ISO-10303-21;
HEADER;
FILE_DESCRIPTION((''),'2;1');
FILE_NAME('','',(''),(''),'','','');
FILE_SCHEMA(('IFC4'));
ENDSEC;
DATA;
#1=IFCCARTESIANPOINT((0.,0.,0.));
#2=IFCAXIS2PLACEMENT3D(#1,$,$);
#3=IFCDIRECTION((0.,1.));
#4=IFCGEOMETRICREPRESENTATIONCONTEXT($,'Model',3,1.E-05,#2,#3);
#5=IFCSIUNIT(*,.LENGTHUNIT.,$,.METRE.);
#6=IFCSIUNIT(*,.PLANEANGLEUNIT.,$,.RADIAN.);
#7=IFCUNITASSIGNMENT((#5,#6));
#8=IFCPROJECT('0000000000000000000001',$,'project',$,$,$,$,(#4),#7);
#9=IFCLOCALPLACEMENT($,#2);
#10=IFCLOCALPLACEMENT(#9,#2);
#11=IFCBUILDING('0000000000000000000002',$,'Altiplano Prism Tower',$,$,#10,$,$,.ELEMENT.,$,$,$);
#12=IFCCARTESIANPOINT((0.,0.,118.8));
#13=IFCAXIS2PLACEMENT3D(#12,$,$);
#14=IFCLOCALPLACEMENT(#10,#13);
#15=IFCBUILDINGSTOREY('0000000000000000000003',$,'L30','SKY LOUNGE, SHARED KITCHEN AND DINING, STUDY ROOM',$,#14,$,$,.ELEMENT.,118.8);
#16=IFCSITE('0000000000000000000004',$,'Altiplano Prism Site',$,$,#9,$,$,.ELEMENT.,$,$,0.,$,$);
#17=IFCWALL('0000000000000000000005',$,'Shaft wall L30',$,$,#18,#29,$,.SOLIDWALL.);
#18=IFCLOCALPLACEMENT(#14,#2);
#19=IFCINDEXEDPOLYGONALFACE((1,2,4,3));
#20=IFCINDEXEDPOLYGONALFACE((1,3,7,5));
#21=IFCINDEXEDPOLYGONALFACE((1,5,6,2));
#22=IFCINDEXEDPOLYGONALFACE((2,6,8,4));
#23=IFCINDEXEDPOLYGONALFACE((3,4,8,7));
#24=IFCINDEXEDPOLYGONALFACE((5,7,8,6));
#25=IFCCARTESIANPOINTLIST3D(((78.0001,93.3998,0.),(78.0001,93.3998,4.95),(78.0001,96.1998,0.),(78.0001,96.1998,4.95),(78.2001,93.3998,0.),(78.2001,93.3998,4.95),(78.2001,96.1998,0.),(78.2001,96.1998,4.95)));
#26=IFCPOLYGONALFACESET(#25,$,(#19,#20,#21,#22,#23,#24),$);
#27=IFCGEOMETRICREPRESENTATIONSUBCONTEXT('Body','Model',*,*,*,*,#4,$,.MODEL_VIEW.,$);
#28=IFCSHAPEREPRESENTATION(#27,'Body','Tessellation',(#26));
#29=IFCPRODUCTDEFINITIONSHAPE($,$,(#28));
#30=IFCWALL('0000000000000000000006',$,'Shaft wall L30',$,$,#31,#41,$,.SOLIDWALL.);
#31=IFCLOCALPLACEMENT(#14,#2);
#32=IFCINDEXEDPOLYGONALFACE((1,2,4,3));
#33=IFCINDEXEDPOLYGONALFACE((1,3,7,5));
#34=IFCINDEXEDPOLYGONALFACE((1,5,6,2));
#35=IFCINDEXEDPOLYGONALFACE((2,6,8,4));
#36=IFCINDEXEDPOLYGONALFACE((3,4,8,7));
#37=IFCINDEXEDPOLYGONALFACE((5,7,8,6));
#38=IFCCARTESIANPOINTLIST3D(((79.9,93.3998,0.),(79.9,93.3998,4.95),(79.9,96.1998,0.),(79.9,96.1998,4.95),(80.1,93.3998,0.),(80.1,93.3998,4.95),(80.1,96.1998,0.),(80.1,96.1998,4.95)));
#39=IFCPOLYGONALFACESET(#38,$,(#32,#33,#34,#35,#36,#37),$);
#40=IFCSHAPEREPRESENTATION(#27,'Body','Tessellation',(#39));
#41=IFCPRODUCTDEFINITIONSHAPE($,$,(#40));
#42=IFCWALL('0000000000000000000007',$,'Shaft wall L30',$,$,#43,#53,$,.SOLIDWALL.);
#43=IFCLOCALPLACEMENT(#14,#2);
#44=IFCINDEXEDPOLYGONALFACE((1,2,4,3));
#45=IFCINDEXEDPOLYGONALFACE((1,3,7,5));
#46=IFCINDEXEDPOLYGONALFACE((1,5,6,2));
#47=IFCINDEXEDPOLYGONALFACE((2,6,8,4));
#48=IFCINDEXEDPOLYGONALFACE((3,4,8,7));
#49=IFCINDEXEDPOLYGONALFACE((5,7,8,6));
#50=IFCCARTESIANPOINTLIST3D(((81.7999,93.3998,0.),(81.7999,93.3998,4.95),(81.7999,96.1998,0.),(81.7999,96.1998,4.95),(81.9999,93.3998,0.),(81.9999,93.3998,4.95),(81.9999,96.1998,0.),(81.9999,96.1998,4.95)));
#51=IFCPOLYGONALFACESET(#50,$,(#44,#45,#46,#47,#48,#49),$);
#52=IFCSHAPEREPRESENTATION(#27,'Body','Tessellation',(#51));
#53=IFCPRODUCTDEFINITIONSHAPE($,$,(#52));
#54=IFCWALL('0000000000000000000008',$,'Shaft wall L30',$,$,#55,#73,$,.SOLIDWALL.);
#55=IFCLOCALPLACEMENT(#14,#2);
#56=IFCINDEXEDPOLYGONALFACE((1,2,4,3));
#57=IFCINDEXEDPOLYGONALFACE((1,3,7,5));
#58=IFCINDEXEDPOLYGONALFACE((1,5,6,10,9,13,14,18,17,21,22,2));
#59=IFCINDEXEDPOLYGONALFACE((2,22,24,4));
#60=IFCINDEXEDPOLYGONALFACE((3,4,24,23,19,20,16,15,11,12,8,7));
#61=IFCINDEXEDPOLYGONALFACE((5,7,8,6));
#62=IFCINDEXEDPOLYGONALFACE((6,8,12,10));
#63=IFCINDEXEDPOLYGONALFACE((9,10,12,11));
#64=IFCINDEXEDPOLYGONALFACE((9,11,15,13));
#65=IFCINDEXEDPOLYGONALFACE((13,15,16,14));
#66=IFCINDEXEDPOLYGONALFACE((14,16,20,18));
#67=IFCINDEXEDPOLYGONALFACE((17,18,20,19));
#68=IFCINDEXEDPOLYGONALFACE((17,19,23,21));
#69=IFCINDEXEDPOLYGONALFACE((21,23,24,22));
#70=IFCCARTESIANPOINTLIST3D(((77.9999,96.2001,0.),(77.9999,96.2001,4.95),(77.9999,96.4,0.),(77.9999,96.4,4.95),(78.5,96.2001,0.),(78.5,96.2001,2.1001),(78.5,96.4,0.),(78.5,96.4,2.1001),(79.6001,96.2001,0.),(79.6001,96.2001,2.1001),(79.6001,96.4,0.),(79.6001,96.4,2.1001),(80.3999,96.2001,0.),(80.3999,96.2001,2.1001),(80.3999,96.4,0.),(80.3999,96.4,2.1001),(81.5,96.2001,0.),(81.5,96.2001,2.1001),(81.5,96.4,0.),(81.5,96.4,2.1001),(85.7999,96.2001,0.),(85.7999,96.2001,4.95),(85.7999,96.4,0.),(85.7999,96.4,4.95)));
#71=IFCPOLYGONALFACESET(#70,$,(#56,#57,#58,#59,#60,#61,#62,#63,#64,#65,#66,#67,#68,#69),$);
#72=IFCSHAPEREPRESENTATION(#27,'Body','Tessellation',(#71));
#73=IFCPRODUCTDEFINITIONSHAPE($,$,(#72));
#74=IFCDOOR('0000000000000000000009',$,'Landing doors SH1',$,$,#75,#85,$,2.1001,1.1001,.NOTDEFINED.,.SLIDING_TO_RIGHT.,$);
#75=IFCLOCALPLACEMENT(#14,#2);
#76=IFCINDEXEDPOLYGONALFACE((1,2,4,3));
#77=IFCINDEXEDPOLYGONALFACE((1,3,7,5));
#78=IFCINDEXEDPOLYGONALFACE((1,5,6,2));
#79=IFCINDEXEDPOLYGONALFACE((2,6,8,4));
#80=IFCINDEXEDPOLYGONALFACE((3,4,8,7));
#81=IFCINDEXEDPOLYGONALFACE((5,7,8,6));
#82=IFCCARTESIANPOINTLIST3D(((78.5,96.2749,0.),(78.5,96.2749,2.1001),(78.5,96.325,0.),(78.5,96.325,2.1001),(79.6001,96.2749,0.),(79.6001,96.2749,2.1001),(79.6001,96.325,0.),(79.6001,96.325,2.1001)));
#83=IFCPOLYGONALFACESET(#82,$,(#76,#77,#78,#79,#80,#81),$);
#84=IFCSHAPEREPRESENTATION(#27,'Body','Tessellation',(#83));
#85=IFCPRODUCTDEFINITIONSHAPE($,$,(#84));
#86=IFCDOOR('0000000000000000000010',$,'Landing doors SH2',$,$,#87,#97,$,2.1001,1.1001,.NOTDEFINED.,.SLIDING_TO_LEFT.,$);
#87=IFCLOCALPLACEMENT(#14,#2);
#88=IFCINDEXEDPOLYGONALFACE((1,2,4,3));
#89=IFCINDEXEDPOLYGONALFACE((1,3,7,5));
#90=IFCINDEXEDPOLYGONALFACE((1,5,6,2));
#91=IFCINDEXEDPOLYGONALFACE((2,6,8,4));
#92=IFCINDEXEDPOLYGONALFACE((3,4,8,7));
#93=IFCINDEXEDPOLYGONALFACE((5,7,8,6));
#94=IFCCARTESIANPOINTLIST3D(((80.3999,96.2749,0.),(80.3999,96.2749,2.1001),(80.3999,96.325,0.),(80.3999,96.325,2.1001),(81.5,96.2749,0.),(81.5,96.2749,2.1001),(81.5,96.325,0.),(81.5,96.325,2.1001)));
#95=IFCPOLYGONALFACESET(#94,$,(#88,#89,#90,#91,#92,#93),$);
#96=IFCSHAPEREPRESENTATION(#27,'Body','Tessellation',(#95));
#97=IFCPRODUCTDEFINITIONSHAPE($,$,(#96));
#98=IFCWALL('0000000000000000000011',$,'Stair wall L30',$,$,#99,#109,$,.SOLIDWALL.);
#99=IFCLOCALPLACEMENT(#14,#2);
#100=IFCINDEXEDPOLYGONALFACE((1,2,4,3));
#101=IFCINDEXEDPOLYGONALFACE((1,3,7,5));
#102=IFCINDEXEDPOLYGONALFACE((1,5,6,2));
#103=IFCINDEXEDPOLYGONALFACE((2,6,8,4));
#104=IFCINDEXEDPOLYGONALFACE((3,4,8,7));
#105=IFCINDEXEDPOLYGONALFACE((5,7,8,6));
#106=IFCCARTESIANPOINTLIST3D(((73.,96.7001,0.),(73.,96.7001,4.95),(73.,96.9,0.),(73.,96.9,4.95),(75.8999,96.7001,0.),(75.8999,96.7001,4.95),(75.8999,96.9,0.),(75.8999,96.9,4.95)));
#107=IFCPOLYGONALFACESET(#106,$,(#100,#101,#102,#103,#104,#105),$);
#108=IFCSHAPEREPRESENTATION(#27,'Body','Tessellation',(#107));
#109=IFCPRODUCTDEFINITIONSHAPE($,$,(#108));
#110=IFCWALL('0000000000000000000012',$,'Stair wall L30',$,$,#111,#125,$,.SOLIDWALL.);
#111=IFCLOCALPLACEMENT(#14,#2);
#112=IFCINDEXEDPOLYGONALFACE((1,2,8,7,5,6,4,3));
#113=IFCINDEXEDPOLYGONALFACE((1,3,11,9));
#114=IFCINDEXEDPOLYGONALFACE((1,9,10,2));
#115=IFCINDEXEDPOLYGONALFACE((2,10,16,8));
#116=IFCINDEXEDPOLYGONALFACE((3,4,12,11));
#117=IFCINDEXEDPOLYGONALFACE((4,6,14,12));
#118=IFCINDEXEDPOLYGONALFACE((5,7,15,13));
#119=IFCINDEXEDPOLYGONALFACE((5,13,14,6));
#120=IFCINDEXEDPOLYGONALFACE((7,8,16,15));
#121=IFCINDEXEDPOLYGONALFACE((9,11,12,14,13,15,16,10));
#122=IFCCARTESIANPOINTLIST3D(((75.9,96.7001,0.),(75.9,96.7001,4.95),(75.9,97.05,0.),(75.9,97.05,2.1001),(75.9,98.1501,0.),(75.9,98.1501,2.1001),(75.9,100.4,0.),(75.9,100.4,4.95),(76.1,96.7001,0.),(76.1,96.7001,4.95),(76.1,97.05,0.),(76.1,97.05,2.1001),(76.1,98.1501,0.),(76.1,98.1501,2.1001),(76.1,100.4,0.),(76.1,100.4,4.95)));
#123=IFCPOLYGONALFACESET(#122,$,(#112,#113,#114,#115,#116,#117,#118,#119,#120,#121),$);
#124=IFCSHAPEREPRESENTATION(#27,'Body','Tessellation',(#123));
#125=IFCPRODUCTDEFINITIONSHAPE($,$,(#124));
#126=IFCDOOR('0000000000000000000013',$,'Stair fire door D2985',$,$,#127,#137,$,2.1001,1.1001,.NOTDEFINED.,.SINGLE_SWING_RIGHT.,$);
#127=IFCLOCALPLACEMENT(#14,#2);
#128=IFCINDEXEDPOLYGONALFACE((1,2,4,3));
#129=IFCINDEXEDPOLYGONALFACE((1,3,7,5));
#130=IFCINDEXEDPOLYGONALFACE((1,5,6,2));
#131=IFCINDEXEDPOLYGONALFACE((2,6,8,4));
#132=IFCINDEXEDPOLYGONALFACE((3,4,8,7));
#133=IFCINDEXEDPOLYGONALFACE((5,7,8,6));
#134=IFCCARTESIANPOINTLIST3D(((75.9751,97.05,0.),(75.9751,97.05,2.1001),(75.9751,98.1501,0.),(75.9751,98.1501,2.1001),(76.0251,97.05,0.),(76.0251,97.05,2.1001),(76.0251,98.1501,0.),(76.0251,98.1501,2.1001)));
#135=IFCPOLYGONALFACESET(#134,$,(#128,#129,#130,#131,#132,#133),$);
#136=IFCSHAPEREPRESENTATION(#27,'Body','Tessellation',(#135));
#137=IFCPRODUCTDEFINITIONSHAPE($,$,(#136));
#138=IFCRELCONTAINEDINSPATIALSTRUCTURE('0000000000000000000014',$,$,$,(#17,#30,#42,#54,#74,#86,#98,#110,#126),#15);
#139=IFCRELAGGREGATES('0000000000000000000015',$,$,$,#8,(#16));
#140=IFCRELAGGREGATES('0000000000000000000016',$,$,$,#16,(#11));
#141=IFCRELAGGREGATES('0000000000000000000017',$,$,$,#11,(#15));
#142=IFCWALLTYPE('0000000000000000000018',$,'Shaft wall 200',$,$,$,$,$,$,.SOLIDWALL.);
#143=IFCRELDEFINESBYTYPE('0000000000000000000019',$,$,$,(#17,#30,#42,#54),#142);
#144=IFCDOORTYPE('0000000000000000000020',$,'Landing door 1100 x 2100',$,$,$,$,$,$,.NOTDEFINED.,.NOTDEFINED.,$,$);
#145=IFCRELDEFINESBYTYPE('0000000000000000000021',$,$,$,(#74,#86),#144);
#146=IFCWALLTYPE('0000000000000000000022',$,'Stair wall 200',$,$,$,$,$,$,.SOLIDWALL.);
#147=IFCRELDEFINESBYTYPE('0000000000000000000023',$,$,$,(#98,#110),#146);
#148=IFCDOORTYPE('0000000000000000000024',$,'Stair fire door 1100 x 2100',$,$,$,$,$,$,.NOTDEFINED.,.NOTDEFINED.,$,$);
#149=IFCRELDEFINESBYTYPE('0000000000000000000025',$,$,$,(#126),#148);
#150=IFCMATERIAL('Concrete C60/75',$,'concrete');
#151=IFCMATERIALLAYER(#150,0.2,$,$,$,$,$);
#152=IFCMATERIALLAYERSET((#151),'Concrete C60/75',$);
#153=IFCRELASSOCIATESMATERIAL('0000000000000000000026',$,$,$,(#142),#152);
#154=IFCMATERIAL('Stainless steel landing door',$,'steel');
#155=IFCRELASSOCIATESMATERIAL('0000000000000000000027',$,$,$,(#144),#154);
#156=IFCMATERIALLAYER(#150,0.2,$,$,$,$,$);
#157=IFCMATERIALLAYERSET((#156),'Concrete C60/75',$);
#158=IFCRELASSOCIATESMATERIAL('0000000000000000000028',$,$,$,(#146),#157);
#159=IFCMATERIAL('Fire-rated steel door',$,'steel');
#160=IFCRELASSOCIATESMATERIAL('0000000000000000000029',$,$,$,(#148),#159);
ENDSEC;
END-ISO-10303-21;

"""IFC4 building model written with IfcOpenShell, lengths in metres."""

from ifc_helpers import new_model, si_unit, direction, frame, frame_2d, origin, place, context, subcontext, project, spatial, rectangle, extrude, material, layer, layer_set, type_object, element, fill, save


model = new_model("IFC4")

# Units and contexts
model_context = context("Model", 3, precision=1e-05, world=origin(), true_north=direction((0.0, 1.0)))
body_context = subcontext(model_context, "Body", "Model", "MODEL_VIEW")
ifc_project = project(units=[si_unit("LENGTHUNIT", "METRE"), si_unit("PLANEANGLEUNIT", "RADIAN")], contexts=[model_context])

# Site, building, storey
site_placement = place(None, origin())
site = spatial("IfcSite", under=ifc_project, at=site_placement, Name="Altiplano Prism Site", CompositionType="ELEMENT", RefElevation=0.0)
building_placement = place(site_placement, origin())
building = spatial("IfcBuilding", under=site, at=building_placement, Name="Altiplano Prism Tower", CompositionType="ELEMENT")
storey_placement = place(building_placement, frame((0.0, 0.0, 118.8)))
storey = spatial("IfcBuildingStorey", under=building, at=storey_placement, Name="L30", Description="SKY LOUNGE, SHARED KITCHEN AND DINING, STUDY ROOM", CompositionType="ELEMENT", Elevation=118.8)

# Walls
ifc_material_1 = material(Name="Concrete C60/75", Category="concrete")
ifc_layer_1 = layer(ifc_material_1, 0.2)
ifc_layer_set_1 = layer_set([ifc_layer_1], Name="Concrete C60/75")
wall_type_1 = type_object("IfcWallType", Name="Shaft wall 200", PredefinedType="SOLIDWALL", material=ifc_layer_set_1)
for number, where, z_axis, x_axis, name in (
    (1, (78.1001, 93.3999, 0.0), (0.0, 0.0, 1.0), (0.0, 1.0, 0.0), "Shaft wall L30"),
    (2, (80.0, 93.3999, 0.0), (0.0, 0.0, 1.0), (0.0, 1.0, 0.0), "Shaft wall L30"),
    (3, (81.8999, 93.3999, 0.0), (0.0, 0.0, 1.0), (0.0, 1.0, 0.0), "Shaft wall L30"),
):
    element("IfcWall", number, at=place(storey_placement, frame(where, z_axis=z_axis, x_axis=x_axis)), inside=storey, type_object=wall_type_1, Name=name, PredefinedType="SOLIDWALL", context=body_context, shape_type="SweptSolid", body=[
        extrude(rectangle(XDim=2.8, YDim=0.2, at=frame_2d((1.3999, 0.0))), origin(), (0.0, 0.0, 1.0), 4.95),
    ])

# Wall, openings, doors
wall_1_placement = place(storey_placement, frame((78.0, 96.3, 0.0), z_axis=(0.0, 0.0, 1.0), x_axis=(1.0, 0.0, 0.0)))
wall_1 = element("IfcWall", 4, at=wall_1_placement, inside=storey, type_object=wall_type_1, Name="Shaft wall L30", PredefinedType="SOLIDWALL", context=body_context, shape_type="SweptSolid", body=[
    extrude(rectangle(XDim=7.8, YDim=0.2, at=frame_2d((3.8999, 0.0))), origin(), (0.0, 0.0, 1.0), 4.95),
])
opening_1_placement = place(wall_1_placement, frame((0.5, 0.0, 0.0)))
opening_1 = element("IfcOpeningElement", 5, at=opening_1_placement, cuts=wall_1, PredefinedType="OPENING", context=body_context, shape_type="SweptSolid", body=[
    extrude(rectangle(XDim=1.1001, YDim=2.1001, at=frame_2d((0.55, 1.05))), frame((0.0, 0.1104, 0.0), z_axis=(0.0, -1.0, 0.0), x_axis=(1.0, 0.0, 0.0)), (0.0, 0.0, 1.0), 0.2209),
])
opening_2_placement = place(wall_1_placement, frame((2.3999, 0.0, 0.0)))
opening_2 = element("IfcOpeningElement", 6, at=opening_2_placement, cuts=wall_1, PredefinedType="OPENING", context=body_context, shape_type="SweptSolid", body=[
    extrude(rectangle(XDim=1.1001, YDim=2.1001, at=frame_2d((0.55, 1.05))), frame((0.0, 0.1104, 0.0), z_axis=(0.0, -1.0, 0.0), x_axis=(1.0, 0.0, 0.0)), (0.0, 0.0, 1.0), 0.2209),
])
ifc_material_2 = material(Name="Stainless steel landing door", Category="steel")
door_type_1 = type_object("IfcDoorType", Name="Landing door 1100 x 2100", OperationType="NOTDEFINED", PredefinedType="NOTDEFINED", material=ifc_material_2)
door_1_placement = place(opening_1_placement, origin())
door_1 = element("IfcDoor", 7, at=door_1_placement, inside=storey, type_object=door_type_1, Name="Landing doors SH1", OperationType="SLIDING_TO_RIGHT", OverallHeight=2.1001, OverallWidth=1.1001, PredefinedType="NOTDEFINED", context=body_context, shape_type="SweptSolid", body=[
    extrude(rectangle(XDim=1.1001, YDim=2.1001, at=frame_2d((0.55, 1.05))), frame((0.0, 0.0249, 0.0), z_axis=(0.0, -1.0, 0.0), x_axis=(1.0, 0.0, 0.0)), (0.0, 0.0, 1.0), 0.05),
])
fill(opening_1, door_1)
door_2_placement = place(opening_2_placement, origin())
door_2 = element("IfcDoor", 8, at=door_2_placement, inside=storey, type_object=door_type_1, Name="Landing doors SH2", OperationType="SLIDING_TO_LEFT", OverallHeight=2.1001, OverallWidth=1.1001, PredefinedType="NOTDEFINED", context=body_context, shape_type="SweptSolid", body=[
    extrude(rectangle(XDim=1.1001, YDim=2.1001, at=frame_2d((0.55, 1.05))), frame((0.0, 0.0249, 0.0), z_axis=(0.0, -1.0, 0.0), x_axis=(1.0, 0.0, 0.0)), (0.0, 0.0, 1.0), 0.05),
])
fill(opening_2, door_2)

# Wall
ifc_layer_2 = layer(ifc_material_1, 0.2)
ifc_layer_set_2 = layer_set([ifc_layer_2], Name="Concrete C60/75")
wall_type_2 = type_object("IfcWallType", Name="Stair wall 200", PredefinedType="SOLIDWALL", material=ifc_layer_set_2)
wall_2_placement = place(storey_placement, frame((73.0, 96.8, 0.0), z_axis=(0.0, 0.0, 1.0), x_axis=(1.0, 0.0, 0.0)))
element("IfcWall", 9, at=wall_2_placement, inside=storey, type_object=wall_type_2, Name="Stair wall L30", PredefinedType="SOLIDWALL", context=body_context, shape_type="SweptSolid", body=[
    extrude(rectangle(XDim=2.8999, YDim=0.2, at=frame_2d((1.45, 0.0))), origin(), (0.0, 0.0, 1.0), 4.95),
])

# Wall, opening, door
wall_3_placement = place(storey_placement, frame((76.0, 96.7, 0.0), z_axis=(0.0, 0.0, 1.0), x_axis=(0.0, 1.0, 0.0)))
wall_3 = element("IfcWall", 10, at=wall_3_placement, inside=storey, type_object=wall_type_2, Name="Stair wall L30", PredefinedType="SOLIDWALL", context=body_context, shape_type="SweptSolid", body=[
    extrude(rectangle(XDim=3.7, YDim=0.2, at=frame_2d((1.8501, 0.0))), origin(), (0.0, 0.0, 1.0), 4.95),
])
opening_3_placement = place(wall_3_placement, frame((0.3501, 0.0, 0.0)))
opening_3 = element("IfcOpeningElement", 11, at=opening_3_placement, cuts=wall_3, PredefinedType="OPENING", context=body_context, shape_type="SweptSolid", body=[
    extrude(rectangle(XDim=1.1001, YDim=2.1001, at=frame_2d((0.55, 1.05))), frame((0.0, 0.1104, 0.0), z_axis=(0.0, -1.0, 0.0), x_axis=(1.0, 0.0, 0.0)), (0.0, 0.0, 1.0), 0.2209),
])
ifc_material_3 = material(Name="Fire-rated steel door", Category="steel")
door_type_2 = type_object("IfcDoorType", Name="Stair fire door 1100 x 2100", OperationType="NOTDEFINED", PredefinedType="NOTDEFINED", material=ifc_material_3)
door_3_placement = place(opening_3_placement, origin())
door_3 = element("IfcDoor", 12, at=door_3_placement, inside=storey, type_object=door_type_2, Name="Stair fire door D2985", OperationType="SINGLE_SWING_RIGHT", OverallHeight=2.1001, OverallWidth=1.1001, PredefinedType="NOTDEFINED", context=body_context, shape_type="SweptSolid", body=[
    extrude(rectangle(XDim=1.1001, YDim=2.1001, at=frame_2d((0.55, 1.05))), frame((0.0, 0.0249, 0.0), z_axis=(0.0, -1.0, 0.0), x_axis=(1.0, 0.0, 0.0)), (0.0, 0.0, 1.0), 0.05),
])
fill(opening_3, door_3)

save(model, "model.ifc")
